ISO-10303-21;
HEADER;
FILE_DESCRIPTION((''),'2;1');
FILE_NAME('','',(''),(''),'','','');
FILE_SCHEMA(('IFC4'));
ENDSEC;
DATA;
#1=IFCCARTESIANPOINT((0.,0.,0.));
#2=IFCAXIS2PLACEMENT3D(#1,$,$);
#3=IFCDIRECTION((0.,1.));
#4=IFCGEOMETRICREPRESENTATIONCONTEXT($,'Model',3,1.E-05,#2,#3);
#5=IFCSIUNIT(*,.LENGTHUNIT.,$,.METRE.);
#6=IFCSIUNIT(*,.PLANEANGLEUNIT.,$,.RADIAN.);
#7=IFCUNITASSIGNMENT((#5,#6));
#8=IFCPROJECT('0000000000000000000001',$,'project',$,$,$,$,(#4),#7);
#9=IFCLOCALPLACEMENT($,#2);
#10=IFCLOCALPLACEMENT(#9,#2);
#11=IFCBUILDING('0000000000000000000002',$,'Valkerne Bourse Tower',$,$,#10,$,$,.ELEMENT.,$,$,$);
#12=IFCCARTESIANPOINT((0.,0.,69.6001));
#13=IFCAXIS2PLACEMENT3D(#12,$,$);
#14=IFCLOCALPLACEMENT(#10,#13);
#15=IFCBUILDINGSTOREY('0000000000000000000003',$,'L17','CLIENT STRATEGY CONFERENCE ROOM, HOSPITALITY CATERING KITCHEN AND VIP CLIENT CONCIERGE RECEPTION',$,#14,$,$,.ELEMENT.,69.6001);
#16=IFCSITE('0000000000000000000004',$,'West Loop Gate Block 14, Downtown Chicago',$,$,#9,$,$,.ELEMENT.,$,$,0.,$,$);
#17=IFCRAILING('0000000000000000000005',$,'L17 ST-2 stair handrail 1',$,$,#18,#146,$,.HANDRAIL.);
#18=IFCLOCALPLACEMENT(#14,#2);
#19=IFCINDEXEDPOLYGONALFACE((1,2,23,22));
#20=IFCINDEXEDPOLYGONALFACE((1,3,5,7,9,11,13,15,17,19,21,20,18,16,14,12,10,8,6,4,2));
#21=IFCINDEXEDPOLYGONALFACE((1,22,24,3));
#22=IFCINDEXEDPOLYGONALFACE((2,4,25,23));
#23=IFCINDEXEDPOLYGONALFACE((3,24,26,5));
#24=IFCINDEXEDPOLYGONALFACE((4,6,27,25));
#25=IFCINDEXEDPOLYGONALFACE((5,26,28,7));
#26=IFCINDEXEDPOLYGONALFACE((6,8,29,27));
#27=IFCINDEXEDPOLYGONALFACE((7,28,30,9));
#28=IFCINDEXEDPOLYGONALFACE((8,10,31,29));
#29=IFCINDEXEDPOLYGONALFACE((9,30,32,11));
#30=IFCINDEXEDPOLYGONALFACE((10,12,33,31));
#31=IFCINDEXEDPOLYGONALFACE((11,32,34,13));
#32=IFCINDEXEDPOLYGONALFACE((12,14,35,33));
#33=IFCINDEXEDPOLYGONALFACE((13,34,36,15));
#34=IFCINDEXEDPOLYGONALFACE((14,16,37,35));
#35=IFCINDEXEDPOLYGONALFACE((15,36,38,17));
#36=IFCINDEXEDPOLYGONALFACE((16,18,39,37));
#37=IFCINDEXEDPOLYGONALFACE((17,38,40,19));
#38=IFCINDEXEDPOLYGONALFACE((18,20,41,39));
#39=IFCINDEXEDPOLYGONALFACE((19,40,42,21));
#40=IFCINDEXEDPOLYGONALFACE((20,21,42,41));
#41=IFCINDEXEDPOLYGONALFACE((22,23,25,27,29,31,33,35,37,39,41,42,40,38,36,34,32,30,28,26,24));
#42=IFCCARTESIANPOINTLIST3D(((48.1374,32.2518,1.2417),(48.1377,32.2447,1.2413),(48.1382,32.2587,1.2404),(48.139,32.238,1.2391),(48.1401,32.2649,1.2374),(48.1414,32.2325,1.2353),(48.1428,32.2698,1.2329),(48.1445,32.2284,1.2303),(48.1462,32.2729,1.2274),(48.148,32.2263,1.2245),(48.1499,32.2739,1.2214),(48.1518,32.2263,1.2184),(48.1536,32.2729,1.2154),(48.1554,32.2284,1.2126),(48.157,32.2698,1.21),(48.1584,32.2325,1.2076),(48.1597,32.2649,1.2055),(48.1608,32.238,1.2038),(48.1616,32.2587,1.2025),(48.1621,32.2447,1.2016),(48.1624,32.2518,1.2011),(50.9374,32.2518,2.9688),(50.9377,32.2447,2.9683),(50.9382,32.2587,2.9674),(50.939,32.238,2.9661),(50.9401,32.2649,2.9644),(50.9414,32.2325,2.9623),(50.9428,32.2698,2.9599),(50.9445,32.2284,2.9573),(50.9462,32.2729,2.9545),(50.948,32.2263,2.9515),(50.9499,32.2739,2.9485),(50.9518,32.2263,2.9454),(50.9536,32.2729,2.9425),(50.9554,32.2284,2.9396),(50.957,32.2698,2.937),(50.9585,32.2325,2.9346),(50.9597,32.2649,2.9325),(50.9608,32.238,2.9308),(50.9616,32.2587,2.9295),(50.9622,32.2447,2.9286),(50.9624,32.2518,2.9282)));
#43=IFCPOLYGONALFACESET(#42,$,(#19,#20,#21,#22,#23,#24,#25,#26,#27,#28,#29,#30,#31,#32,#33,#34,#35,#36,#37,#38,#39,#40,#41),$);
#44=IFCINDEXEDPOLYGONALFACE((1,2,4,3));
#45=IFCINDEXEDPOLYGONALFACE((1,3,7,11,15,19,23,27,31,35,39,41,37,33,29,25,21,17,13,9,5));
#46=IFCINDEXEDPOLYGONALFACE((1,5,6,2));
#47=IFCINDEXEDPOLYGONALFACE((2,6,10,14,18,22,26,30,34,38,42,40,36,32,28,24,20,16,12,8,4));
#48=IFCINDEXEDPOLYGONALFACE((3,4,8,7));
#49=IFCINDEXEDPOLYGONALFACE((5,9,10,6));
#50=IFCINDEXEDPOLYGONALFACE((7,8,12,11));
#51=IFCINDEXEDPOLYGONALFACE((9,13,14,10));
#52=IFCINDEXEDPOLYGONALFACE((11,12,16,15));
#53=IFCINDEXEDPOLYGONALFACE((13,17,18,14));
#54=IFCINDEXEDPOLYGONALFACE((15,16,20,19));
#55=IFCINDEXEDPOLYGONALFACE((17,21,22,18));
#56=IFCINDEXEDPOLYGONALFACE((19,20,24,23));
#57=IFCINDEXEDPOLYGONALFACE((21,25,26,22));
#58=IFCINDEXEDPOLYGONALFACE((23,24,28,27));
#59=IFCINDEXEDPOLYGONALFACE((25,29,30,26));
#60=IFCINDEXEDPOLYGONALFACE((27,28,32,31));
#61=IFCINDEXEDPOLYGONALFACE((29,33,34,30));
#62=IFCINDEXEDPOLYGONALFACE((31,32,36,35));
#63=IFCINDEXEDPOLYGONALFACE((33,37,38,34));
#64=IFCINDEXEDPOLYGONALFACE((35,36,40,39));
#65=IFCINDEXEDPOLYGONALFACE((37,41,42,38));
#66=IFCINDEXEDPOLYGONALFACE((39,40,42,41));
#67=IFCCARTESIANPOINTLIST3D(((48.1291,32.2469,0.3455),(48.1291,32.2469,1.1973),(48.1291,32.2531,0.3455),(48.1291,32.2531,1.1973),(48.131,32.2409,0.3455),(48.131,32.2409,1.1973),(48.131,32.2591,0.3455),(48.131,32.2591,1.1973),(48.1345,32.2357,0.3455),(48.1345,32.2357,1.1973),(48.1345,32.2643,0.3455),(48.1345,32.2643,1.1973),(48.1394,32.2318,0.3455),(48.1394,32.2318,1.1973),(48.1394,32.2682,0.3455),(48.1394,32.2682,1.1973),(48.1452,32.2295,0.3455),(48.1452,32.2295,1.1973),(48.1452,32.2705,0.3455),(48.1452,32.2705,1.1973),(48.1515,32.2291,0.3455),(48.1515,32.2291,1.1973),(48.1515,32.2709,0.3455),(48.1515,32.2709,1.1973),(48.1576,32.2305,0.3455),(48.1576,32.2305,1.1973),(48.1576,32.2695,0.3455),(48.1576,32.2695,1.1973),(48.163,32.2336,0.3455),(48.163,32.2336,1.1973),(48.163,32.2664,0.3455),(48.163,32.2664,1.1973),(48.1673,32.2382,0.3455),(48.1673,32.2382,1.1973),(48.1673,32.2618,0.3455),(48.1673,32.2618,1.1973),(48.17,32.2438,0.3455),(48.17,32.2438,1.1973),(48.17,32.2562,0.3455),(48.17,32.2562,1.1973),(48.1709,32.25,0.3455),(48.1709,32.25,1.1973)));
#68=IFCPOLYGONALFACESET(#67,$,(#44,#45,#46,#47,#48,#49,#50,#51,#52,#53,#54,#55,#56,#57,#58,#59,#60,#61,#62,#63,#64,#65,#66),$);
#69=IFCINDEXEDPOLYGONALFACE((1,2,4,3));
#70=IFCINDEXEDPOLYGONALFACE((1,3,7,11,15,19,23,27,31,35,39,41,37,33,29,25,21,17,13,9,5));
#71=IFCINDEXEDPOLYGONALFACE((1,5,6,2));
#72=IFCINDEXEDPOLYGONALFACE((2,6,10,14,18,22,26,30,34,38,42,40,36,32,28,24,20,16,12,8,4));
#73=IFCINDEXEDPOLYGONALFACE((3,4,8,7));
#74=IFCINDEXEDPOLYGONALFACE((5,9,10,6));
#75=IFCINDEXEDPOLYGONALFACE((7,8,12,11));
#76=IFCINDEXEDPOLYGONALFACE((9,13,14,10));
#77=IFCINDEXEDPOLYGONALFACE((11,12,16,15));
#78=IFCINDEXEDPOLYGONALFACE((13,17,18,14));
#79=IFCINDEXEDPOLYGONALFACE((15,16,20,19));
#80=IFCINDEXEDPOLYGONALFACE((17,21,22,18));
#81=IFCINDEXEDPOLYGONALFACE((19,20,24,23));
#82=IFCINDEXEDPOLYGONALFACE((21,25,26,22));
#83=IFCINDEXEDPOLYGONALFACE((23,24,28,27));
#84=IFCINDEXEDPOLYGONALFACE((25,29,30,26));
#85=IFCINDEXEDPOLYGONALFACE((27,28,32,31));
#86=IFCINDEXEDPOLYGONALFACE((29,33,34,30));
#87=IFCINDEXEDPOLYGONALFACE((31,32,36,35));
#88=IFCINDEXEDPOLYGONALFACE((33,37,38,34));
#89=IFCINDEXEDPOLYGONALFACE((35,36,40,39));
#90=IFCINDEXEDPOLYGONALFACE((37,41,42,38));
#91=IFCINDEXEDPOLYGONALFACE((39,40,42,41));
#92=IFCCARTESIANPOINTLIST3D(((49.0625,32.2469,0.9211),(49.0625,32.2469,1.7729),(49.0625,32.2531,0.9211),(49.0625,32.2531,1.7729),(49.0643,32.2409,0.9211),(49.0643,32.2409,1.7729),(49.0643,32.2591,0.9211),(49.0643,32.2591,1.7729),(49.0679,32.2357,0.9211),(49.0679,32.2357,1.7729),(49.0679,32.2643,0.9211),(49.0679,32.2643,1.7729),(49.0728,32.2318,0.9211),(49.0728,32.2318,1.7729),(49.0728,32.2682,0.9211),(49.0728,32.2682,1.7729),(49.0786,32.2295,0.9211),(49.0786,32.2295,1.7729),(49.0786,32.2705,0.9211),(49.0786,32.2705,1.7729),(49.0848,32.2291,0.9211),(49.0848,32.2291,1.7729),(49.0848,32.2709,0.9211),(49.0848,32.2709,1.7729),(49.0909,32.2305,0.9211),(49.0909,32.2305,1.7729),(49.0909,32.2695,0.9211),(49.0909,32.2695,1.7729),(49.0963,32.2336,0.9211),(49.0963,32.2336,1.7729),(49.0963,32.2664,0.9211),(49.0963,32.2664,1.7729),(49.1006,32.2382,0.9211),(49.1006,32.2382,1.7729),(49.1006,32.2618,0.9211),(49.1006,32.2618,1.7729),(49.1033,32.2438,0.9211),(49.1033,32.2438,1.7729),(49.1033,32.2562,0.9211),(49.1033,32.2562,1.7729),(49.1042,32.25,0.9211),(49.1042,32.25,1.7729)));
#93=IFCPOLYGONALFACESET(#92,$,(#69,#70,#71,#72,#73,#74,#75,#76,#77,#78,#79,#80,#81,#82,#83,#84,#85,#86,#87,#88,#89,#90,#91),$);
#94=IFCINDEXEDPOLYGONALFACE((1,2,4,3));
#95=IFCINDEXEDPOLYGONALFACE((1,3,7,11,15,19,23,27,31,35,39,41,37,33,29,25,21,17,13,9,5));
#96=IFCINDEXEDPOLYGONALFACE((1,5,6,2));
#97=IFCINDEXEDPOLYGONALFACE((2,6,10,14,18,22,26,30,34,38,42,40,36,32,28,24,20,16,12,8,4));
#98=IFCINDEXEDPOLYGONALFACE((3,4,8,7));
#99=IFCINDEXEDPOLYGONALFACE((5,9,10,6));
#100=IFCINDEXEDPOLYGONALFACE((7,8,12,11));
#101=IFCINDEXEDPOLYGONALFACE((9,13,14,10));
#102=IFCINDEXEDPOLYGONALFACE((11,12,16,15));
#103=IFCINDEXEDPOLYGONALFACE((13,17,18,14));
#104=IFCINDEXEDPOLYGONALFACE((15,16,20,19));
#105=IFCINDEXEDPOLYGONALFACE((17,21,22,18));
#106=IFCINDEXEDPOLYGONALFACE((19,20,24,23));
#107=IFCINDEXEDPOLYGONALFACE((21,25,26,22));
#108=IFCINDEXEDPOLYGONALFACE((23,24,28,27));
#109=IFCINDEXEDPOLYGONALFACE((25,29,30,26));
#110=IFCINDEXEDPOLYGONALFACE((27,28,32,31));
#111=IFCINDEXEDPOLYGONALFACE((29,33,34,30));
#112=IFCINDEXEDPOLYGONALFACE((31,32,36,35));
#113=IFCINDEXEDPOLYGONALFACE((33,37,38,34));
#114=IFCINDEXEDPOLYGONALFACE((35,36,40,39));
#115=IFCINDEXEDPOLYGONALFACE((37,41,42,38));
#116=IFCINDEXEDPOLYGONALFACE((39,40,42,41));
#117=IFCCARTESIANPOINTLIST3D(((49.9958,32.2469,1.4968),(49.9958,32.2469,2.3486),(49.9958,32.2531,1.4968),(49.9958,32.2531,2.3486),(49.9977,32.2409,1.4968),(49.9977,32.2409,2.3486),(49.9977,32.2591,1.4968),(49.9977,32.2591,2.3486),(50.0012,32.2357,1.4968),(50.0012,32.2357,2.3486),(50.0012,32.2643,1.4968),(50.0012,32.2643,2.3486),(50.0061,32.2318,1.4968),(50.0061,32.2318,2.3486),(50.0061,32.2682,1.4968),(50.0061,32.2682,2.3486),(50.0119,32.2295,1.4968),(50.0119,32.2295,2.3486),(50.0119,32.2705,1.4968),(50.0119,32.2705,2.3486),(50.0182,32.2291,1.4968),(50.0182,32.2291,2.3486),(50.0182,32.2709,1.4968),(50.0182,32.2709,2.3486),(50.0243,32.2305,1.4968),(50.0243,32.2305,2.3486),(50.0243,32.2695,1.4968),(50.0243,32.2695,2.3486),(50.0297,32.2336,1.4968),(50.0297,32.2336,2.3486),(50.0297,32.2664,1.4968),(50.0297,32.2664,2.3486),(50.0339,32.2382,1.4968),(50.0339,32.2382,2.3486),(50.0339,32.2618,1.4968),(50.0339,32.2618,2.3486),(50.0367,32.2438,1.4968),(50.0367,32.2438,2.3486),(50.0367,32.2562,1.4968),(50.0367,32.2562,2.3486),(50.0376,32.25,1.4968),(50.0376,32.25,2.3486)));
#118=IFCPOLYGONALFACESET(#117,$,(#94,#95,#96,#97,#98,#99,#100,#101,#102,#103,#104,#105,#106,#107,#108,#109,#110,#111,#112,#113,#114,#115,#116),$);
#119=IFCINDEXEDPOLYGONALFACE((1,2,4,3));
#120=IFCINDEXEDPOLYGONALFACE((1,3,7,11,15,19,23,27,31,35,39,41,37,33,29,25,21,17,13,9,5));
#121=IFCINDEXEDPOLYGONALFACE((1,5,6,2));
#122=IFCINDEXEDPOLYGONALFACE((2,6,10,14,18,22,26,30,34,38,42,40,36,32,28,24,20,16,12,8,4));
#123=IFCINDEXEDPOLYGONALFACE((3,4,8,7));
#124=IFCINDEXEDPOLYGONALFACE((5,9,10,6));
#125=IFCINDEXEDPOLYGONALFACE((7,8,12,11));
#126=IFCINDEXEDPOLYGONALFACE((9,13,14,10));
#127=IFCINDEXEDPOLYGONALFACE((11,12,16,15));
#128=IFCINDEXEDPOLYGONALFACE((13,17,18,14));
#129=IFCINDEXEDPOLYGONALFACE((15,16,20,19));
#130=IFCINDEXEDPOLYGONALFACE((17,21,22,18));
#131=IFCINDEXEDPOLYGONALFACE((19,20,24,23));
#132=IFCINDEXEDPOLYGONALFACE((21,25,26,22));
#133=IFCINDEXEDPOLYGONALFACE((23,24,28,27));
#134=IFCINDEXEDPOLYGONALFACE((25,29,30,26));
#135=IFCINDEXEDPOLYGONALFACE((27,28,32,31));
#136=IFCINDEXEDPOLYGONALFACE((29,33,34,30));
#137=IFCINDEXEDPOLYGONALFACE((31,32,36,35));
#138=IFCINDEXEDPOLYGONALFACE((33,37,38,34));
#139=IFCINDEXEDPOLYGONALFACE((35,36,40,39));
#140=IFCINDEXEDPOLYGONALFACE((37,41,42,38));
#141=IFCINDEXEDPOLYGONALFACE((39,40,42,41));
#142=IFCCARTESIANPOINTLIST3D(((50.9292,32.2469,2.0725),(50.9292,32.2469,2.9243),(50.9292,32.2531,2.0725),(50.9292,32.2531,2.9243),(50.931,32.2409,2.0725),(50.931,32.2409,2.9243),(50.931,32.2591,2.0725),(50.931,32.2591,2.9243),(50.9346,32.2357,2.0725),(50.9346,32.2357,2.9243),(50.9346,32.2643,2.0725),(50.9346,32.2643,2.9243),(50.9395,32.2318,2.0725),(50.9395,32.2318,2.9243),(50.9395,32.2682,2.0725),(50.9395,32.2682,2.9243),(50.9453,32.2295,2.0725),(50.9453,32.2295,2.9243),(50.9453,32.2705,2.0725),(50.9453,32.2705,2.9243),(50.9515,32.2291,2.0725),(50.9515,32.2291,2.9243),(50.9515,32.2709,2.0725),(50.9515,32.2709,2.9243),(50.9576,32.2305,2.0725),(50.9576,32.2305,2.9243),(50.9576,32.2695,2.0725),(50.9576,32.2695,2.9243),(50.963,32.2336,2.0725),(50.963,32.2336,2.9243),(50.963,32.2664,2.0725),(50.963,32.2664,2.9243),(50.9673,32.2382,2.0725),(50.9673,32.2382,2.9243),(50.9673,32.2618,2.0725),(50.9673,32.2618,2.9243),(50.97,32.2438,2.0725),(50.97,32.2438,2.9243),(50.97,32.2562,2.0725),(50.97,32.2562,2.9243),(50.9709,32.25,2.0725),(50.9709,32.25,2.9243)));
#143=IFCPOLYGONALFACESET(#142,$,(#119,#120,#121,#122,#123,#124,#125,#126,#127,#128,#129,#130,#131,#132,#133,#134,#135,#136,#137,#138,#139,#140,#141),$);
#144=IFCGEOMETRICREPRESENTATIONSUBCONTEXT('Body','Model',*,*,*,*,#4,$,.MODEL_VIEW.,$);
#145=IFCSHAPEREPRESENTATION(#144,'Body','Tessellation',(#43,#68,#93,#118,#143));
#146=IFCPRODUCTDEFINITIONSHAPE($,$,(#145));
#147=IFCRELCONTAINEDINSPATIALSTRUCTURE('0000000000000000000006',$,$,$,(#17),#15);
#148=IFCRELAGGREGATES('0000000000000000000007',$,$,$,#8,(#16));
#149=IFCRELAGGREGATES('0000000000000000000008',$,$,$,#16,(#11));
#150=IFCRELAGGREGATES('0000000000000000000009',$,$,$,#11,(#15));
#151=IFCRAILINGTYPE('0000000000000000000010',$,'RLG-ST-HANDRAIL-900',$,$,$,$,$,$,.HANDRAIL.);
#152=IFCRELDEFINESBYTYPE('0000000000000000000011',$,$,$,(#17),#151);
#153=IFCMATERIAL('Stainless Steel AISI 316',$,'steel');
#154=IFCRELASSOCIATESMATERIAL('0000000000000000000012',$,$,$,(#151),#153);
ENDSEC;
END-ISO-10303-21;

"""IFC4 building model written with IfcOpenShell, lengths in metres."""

from ifc_helpers import new_model, si_unit, direction, frame, origin, origin_2d, place, context, subcontext, project, spatial, circle, extrude, material, type_object, element, save


model = new_model("IFC4")

# Units and contexts
model_context = context("Model", 3, precision=1e-05, world=origin(), true_north=direction((0.0, 1.0)))
body_context = subcontext(model_context, "Body", "Model", "MODEL_VIEW")
ifc_project = project(units=[si_unit("LENGTHUNIT", "METRE"), si_unit("PLANEANGLEUNIT", "RADIAN")], contexts=[model_context])

# Site, building, storey
site_placement = place(None, origin())
site = spatial("IfcSite", under=ifc_project, at=site_placement, Name="West Loop Gate Block 14, Downtown Chicago", CompositionType="ELEMENT", RefElevation=0.0)
building_placement = place(site_placement, origin())
building = spatial("IfcBuilding", under=site, at=building_placement, Name="Valkerne Bourse Tower", CompositionType="ELEMENT")
storey_placement = place(building_placement, frame((0.0, 0.0, 69.6001)))
storey = spatial("IfcBuildingStorey", under=building, at=storey_placement, Name="L17", Description="CLIENT STRATEGY CONFERENCE ROOM, HOSPITALITY CATERING KITCHEN AND VIP CLIENT CONCIERGE RECEPTION", CompositionType="ELEMENT", Elevation=69.6001)

# Shared definitions
ifc_material_1 = material(Name="Stainless Steel AISI 316", Category="steel")

# Railing
railing_type_1 = type_object("IfcRailingType", Name="RLG-ST-HANDRAIL-900", PredefinedType="HANDRAIL", material=ifc_material_1)
railing_1_placement = place(storey_placement, frame((48.1499, 32.25, 0.3455)))
element("IfcRailing", 1, at=railing_1_placement, inside=storey, type_object=railing_type_1, Name="L17 ST-2 stair handrail 1", PredefinedType="HANDRAIL", context=body_context, shape_type="SweptSolid", body=[
    extrude(circle(Radius=0.0239, at=origin_2d()), frame((0.0, 0.0, 0.876), z_axis=(0.851123, 0.0, 0.524967), x_axis=(0.0, 1.0, 0.0)), (0.0, 0.0, 1.0), 3.2898),
    extrude(circle(Radius=0.021, at=origin_2d()), origin(), (0.0, 0.0, 1.0), 0.8518),
    extrude(circle(Radius=0.021, at=origin_2d()), frame((0.9333, 0.0, 0.5757)), (0.0, 0.0, 1.0), 0.8518),
    extrude(circle(Radius=0.021, at=origin_2d()), frame((1.8667, 0.0, 1.1514)), (0.0, 0.0, 1.0), 0.8518),
    extrude(circle(Radius=0.021, at=origin_2d()), frame((2.8, 0.0, 1.7271)), (0.0, 0.0, 1.0), 0.8518),
])

save(model, "model.ifc")
